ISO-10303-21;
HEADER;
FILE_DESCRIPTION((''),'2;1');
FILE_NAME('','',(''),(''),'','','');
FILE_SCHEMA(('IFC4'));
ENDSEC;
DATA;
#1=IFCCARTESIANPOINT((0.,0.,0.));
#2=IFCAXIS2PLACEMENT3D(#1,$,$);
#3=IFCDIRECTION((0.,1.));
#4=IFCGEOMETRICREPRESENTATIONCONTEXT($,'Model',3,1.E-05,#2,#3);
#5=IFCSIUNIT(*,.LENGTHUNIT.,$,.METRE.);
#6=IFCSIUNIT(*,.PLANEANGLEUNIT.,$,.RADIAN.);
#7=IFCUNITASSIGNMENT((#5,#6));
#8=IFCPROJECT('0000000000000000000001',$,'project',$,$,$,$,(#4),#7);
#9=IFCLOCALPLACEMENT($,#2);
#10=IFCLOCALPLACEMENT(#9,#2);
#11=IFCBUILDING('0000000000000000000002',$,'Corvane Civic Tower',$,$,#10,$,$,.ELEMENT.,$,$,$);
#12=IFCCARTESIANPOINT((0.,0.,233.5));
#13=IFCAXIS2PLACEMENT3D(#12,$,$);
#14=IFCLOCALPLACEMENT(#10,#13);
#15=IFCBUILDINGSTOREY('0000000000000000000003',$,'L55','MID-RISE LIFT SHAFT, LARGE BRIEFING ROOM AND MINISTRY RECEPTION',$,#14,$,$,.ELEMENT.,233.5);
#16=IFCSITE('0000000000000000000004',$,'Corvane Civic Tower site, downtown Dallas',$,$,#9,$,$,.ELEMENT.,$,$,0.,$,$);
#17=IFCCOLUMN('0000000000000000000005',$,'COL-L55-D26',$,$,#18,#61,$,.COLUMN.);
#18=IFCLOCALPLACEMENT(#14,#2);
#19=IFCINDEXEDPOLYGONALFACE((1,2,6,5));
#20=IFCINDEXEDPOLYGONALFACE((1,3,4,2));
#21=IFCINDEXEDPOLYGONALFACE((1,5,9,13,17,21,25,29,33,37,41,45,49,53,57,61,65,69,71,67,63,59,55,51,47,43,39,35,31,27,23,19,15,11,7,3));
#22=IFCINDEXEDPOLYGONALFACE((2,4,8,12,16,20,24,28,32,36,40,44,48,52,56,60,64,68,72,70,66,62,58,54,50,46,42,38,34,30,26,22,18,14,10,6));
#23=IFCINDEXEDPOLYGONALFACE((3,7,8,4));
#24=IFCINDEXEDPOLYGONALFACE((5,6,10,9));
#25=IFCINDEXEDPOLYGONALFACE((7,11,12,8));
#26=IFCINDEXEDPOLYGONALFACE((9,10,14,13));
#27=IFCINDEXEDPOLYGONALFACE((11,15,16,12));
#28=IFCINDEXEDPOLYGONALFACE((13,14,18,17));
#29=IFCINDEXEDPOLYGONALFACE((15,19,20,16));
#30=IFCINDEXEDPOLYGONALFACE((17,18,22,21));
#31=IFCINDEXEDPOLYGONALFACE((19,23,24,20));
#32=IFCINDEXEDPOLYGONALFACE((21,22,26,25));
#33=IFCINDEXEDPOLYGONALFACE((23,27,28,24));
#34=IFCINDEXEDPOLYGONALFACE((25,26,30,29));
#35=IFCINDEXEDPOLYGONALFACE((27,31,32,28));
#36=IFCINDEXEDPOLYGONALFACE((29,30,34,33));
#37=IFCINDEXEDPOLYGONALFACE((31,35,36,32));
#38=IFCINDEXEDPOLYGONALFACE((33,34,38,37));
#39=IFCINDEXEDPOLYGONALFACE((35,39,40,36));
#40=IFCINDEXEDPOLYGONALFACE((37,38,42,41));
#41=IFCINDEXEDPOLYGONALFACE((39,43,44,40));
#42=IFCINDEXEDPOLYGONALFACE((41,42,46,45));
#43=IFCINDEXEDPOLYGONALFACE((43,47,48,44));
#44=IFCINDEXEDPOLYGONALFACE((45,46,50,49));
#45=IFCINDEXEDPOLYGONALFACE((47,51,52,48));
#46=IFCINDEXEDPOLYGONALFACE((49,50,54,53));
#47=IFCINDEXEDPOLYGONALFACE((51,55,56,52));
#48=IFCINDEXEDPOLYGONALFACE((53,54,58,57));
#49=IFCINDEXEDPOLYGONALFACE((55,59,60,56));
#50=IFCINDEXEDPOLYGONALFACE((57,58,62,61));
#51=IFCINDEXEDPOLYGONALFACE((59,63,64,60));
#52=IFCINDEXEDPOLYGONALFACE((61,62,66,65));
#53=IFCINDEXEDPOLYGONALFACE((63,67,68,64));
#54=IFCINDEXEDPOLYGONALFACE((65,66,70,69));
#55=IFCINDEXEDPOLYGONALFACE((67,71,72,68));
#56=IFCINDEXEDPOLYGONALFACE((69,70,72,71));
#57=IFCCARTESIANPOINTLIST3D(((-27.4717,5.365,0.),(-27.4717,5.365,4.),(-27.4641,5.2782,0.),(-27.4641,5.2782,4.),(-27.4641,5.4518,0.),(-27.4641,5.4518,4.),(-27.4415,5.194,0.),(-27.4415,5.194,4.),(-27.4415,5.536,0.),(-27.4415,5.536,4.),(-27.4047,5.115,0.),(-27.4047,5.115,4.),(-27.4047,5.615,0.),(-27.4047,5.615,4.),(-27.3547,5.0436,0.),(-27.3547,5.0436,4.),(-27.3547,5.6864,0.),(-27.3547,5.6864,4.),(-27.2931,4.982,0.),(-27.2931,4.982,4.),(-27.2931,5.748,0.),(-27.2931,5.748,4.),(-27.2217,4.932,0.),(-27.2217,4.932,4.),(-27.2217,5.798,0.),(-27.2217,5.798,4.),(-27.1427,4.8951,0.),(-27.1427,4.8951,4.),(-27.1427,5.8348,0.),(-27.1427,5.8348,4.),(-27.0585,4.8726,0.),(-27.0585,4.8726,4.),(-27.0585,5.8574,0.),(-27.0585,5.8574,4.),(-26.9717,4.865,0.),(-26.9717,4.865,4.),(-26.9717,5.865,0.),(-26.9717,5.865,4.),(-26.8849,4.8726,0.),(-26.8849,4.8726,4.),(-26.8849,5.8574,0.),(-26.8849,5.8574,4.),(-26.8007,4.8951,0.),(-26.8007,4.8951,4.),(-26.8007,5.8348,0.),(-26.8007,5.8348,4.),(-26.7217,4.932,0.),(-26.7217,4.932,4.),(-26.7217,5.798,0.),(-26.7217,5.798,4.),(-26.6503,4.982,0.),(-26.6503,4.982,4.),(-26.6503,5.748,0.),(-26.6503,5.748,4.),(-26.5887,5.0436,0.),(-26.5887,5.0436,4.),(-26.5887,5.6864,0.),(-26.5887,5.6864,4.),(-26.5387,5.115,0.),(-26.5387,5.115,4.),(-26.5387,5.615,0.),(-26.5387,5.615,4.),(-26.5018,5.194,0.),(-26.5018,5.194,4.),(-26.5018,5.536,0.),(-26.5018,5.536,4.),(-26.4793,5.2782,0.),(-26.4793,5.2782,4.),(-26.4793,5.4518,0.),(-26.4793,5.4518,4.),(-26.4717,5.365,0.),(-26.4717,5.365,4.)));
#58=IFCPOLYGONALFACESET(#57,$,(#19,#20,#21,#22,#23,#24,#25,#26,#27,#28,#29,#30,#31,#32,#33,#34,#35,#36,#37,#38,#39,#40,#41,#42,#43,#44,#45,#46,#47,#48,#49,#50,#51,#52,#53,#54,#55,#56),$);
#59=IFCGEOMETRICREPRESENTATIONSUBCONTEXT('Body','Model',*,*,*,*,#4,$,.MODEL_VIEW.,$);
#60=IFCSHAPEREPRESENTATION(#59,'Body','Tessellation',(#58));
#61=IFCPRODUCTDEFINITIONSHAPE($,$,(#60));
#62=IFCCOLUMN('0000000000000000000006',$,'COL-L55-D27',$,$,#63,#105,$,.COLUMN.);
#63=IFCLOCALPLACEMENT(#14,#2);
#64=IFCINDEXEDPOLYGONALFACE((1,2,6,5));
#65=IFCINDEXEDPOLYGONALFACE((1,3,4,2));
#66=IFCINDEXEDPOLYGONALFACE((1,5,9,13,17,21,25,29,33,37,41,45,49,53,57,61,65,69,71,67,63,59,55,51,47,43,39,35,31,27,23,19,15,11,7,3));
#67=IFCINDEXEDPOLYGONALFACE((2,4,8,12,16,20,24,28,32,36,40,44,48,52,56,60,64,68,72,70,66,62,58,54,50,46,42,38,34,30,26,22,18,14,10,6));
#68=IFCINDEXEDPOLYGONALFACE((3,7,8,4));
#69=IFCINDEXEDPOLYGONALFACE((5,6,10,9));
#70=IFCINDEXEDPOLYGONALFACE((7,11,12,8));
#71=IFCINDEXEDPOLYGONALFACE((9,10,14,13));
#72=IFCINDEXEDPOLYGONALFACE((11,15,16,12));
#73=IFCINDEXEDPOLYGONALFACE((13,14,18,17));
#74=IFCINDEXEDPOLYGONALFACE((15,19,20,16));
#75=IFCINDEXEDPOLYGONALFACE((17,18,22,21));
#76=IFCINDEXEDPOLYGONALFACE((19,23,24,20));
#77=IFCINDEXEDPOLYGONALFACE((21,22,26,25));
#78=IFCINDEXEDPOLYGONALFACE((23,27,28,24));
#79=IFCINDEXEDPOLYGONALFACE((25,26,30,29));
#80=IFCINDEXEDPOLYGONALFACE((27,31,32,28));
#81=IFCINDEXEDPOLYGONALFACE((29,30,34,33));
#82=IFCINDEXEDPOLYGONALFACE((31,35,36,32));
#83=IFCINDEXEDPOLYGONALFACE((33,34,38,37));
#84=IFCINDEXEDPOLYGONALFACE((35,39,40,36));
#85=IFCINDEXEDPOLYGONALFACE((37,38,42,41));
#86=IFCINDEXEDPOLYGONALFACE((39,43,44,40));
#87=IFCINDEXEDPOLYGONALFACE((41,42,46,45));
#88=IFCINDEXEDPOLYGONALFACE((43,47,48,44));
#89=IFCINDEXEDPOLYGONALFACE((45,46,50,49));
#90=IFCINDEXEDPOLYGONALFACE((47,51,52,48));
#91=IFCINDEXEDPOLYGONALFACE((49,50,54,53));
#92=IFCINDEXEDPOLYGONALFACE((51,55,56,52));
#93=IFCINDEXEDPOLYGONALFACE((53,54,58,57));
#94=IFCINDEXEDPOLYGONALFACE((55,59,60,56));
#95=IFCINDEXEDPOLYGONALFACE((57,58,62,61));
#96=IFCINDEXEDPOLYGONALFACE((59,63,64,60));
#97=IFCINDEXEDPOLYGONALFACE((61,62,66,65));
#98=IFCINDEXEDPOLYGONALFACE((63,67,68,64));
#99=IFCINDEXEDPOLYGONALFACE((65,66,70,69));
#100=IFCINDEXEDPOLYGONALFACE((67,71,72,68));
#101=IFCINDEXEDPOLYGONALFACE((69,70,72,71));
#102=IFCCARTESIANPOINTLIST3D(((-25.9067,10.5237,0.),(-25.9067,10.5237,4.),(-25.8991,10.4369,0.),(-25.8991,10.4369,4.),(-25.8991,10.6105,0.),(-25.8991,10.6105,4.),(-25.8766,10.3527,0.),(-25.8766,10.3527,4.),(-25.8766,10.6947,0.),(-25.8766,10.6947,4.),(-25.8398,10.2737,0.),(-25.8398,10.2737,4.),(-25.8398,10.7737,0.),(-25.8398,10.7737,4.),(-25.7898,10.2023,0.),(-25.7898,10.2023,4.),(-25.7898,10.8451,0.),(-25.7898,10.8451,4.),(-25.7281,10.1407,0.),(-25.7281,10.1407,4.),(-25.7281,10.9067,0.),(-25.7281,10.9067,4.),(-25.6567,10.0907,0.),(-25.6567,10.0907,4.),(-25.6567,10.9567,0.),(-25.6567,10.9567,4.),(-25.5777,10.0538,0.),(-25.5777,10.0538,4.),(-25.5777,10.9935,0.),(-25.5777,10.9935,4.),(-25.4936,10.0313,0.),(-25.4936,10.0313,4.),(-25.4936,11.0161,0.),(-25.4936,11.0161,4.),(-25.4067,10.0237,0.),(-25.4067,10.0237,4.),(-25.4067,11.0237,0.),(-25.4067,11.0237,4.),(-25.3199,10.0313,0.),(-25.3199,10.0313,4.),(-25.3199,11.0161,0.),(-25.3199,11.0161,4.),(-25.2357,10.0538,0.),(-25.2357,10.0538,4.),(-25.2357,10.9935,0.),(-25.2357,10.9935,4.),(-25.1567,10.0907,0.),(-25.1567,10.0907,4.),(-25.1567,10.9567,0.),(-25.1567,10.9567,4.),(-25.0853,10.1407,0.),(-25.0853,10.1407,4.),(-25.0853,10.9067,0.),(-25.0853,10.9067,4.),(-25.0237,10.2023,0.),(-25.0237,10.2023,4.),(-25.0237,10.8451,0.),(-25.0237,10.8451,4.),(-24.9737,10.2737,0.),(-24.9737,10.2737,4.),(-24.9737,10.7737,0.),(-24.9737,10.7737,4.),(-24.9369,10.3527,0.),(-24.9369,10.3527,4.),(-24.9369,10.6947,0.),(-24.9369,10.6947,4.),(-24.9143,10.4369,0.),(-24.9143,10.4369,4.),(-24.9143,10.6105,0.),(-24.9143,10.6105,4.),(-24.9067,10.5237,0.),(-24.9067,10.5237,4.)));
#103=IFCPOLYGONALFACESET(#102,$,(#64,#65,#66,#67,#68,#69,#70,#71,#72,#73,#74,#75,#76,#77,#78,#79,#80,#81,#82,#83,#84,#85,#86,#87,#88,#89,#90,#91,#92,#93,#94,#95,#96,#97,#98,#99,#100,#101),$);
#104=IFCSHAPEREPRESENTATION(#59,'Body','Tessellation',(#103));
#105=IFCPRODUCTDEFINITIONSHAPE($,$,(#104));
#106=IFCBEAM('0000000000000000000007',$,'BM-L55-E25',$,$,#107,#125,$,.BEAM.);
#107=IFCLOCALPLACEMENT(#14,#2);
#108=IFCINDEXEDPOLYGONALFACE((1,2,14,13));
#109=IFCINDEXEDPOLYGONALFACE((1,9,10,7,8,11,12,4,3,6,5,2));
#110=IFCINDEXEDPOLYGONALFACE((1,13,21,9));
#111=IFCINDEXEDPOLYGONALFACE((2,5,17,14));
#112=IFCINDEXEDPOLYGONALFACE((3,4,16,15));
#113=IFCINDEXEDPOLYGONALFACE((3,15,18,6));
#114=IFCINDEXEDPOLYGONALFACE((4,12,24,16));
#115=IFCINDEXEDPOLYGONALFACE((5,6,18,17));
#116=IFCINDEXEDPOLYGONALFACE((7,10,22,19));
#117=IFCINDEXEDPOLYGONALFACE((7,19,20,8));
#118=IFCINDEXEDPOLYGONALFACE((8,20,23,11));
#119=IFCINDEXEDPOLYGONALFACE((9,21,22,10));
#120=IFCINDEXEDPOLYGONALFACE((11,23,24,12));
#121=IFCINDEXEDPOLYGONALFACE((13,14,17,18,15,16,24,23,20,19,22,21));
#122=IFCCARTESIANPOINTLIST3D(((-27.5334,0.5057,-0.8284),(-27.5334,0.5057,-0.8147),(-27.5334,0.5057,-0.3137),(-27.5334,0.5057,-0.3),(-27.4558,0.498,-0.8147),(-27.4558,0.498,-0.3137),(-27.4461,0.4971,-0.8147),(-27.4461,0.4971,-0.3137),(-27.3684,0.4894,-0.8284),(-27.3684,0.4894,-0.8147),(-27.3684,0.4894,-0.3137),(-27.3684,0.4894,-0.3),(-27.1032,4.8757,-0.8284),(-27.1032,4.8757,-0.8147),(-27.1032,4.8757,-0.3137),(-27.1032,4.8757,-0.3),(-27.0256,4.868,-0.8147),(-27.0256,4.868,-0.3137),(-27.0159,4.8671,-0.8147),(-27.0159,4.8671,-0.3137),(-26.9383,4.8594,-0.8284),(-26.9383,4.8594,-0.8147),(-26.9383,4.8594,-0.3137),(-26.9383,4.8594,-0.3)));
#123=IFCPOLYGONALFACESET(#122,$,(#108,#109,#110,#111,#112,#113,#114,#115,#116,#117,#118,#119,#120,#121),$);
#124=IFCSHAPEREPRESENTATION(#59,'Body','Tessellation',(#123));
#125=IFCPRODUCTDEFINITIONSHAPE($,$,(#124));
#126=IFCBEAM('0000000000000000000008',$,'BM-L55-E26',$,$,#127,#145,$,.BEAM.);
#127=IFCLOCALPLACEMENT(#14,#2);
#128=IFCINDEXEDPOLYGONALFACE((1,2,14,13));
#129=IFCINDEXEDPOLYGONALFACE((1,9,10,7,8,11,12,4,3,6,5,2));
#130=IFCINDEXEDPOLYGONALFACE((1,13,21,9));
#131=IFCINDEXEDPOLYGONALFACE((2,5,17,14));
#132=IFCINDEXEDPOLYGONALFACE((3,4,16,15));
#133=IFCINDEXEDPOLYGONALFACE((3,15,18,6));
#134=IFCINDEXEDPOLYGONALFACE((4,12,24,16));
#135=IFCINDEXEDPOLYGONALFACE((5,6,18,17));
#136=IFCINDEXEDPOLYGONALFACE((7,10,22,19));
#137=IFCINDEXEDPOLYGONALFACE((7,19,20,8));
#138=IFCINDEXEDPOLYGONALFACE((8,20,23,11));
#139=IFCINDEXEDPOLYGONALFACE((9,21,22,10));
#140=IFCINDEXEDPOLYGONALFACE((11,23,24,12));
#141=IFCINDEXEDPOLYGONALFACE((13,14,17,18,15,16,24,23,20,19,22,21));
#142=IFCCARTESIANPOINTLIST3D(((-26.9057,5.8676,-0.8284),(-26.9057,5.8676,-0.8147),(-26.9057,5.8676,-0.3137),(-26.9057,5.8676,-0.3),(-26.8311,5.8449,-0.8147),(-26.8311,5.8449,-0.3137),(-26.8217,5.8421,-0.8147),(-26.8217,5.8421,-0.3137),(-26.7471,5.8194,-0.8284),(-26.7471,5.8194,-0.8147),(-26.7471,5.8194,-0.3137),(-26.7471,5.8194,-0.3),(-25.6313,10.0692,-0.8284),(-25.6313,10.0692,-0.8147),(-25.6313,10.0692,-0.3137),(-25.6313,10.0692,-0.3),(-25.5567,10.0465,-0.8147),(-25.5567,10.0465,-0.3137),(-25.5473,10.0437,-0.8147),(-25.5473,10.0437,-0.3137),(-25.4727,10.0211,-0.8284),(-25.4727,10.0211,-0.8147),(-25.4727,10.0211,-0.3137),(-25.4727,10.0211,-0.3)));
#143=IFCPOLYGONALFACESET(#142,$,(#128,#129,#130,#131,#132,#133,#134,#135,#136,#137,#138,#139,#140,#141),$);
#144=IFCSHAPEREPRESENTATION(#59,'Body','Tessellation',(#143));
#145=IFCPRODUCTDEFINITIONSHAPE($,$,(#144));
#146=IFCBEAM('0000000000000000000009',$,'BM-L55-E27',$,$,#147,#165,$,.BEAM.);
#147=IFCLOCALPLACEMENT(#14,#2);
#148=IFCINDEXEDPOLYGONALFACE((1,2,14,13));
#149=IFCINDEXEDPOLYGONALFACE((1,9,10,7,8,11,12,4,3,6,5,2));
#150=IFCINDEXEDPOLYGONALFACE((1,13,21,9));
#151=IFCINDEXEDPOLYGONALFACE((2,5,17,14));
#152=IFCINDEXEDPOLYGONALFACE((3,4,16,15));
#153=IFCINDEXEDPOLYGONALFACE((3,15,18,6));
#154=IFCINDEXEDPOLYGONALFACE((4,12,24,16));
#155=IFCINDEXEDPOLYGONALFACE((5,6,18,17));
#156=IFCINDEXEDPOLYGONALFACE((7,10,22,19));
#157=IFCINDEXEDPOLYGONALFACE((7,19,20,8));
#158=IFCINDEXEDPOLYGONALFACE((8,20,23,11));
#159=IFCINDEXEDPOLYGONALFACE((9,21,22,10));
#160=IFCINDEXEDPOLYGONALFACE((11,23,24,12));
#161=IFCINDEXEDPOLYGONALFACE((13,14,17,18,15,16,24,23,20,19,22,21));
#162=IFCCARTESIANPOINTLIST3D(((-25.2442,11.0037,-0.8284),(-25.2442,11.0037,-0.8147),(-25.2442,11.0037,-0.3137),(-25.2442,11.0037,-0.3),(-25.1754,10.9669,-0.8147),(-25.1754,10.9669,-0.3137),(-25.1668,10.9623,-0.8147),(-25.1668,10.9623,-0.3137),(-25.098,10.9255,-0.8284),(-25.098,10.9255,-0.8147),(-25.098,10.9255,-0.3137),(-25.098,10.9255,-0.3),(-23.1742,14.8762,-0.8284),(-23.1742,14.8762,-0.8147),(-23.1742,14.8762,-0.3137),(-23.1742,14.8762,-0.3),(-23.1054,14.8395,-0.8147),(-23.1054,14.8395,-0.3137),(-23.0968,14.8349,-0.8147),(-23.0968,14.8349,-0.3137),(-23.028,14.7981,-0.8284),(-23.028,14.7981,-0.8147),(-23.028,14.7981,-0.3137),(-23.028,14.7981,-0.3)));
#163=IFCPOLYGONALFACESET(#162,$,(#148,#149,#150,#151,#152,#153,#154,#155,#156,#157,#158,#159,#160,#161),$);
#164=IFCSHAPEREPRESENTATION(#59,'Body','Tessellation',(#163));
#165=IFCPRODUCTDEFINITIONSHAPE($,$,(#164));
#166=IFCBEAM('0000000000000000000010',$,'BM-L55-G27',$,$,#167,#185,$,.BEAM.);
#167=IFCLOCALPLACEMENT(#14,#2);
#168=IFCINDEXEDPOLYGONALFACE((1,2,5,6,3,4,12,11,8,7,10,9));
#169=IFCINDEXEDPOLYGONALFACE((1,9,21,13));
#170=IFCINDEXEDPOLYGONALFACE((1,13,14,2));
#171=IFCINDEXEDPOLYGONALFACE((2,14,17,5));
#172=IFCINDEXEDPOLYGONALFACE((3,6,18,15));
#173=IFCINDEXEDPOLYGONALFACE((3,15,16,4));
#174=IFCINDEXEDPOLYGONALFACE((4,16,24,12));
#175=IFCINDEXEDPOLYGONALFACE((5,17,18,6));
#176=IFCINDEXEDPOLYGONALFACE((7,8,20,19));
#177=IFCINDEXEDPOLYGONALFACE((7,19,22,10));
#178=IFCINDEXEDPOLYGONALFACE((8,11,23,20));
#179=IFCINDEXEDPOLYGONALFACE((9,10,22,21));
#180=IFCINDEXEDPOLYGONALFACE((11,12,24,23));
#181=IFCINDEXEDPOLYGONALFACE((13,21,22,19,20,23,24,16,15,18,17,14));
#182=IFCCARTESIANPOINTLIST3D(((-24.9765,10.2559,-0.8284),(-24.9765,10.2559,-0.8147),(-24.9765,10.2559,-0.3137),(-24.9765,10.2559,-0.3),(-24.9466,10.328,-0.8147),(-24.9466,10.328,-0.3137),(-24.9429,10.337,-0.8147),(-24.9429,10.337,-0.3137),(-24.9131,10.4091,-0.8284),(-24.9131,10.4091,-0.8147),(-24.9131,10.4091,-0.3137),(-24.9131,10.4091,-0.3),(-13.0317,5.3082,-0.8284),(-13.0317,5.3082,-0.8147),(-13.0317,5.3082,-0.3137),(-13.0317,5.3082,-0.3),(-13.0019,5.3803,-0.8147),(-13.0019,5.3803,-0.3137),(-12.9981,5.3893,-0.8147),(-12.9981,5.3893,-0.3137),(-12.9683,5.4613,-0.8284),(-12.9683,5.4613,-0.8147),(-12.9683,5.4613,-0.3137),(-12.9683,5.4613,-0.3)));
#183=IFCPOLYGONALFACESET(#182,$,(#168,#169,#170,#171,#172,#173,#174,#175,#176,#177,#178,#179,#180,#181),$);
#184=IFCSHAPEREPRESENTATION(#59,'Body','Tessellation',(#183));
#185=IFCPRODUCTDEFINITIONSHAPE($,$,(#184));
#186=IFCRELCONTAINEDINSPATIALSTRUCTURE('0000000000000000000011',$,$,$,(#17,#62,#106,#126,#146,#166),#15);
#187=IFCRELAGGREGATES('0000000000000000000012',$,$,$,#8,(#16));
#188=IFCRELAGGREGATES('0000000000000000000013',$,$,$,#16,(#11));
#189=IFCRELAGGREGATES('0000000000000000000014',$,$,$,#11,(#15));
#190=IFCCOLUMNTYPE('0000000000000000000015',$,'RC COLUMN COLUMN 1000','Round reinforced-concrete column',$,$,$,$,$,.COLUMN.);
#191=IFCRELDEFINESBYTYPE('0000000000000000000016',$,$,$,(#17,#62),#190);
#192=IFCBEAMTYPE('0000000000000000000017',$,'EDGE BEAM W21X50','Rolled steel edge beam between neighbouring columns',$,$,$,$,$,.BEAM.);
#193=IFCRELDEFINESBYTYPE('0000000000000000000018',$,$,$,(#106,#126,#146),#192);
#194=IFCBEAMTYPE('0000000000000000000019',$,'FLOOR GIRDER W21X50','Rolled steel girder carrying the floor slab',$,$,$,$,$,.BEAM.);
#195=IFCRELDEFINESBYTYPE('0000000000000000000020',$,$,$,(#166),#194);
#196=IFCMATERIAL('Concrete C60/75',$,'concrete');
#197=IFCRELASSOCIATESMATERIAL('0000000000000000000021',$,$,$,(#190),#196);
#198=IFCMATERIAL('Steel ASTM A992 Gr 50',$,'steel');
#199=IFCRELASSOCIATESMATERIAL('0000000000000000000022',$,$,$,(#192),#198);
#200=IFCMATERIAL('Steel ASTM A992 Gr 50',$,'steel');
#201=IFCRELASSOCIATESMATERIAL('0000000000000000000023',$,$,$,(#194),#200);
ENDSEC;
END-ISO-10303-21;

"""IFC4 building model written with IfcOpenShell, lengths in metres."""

from ifc_helpers import new_model, si_unit, direction, frame, origin, origin_2d, place, context, subcontext, project, spatial, circle, i_section, extrude, material, material_profile, profile_set, type_object, element, save


model = new_model("IFC4")

# Units and contexts
model_context = context("Model", 3, precision=1e-05, world=origin(), true_north=direction((0.0, 1.0)))
body_context = subcontext(model_context, "Body", "Model", "MODEL_VIEW")
ifc_project = project(units=[si_unit("LENGTHUNIT", "METRE"), si_unit("PLANEANGLEUNIT", "RADIAN")], contexts=[model_context])

# Site, building, storey
site_placement = place(None, origin())
site = spatial("IfcSite", under=ifc_project, at=site_placement, Name="Corvane Civic Tower site, downtown Dallas", CompositionType="ELEMENT", RefElevation=0.0)
building_placement = place(site_placement, origin())
building = spatial("IfcBuilding", under=site, at=building_placement, Name="Corvane Civic Tower", CompositionType="ELEMENT")
storey_placement = place(building_placement, frame((0.0, 0.0, 233.5)))
storey = spatial("IfcBuildingStorey", under=building, at=storey_placement, Name="L55", Description="MID-RISE LIFT SHAFT, LARGE BRIEFING ROOM AND MINISTRY RECEPTION", CompositionType="ELEMENT", Elevation=233.5)

# Columns
ifc_material_1 = material(Name="Concrete C60/75", Category="concrete")
ifc_material_profile_1 = material_profile(ifc_material_1, circle(Radius=0.5, at=origin_2d()), Name="COLUMN 1000")
ifc_profile_set_1 = profile_set([ifc_material_profile_1], Name="Concrete C60/75")
column_type = type_object("IfcColumnType", Name="RC COLUMN COLUMN 1000", Description="Round reinforced-concrete column", PredefinedType="COLUMN", material=ifc_profile_set_1)
for number, where, z_axis, x_axis, name in (
    (1, (-26.9717, 5.365, 0.0), (0.0, 0.0, 1.0), (1.0, 0.0, 0.0), "COL-L55-D26"),
    (2, (-25.4067, 10.5237, 0.0), (0.0, 0.0, 1.0), (1.0, 0.0, 0.0), "COL-L55-D27"),
):
    element("IfcColumn", number, at=place(storey_placement, frame(where, z_axis=z_axis, x_axis=x_axis)), inside=storey, type_object=column_type, Name=name, PredefinedType="COLUMN", context=body_context, shape_type="SweptSolid", body=[
        extrude(circle(Radius=0.5, at=origin_2d()), origin(), (0.0, 0.0, 1.0), 4.0),
    ])

# Beams
ifc_material_2 = material(Name="Steel ASTM A992 Gr 50", Category="steel")
ifc_material_profile_2 = material_profile(ifc_material_2, i_section(OverallWidth=0.1658, OverallDepth=0.5283, WebThickness=0.0098, FlangeThickness=0.0137, at=origin_2d()), Name="W21X50")
ifc_profile_set_2 = profile_set([ifc_material_profile_2], Name="Steel ASTM A992 Gr 50")
beam_type_1 = type_object("IfcBeamType", Name="EDGE BEAM W21X50", Description="Rolled steel edge beam between neighbouring columns", PredefinedType="BEAM", material=ifc_profile_set_2)
beam_1_placement = place(storey_placement, frame((-27.4509, 0.4976, -0.5642), z_axis=(0.097968, 0.99519, 0.0), x_axis=(-0.99519, 0.097968, 0.0)))
element("IfcBeam", 3, at=beam_1_placement, inside=storey, type_object=beam_type_1, Name="BM-L55-E25", PredefinedType="BEAM", context=body_context, shape_type="SweptSolid", body=[
    extrude(i_section(OverallWidth=0.1658, OverallDepth=0.5283, WebThickness=0.0098, FlangeThickness=0.0137, at=origin_2d()), origin(), (0.0, 0.0, 1.0), 4.3911),
])
beam_2_placement = place(storey_placement, frame((-26.8264, 5.8435, -0.5642), z_axis=(0.290254, 0.95695, 0.0), x_axis=(-0.95695, 0.290254, 0.0)))
element("IfcBeam", 4, at=beam_2_placement, inside=storey, type_object=beam_type_1, Name="BM-L55-E26", PredefinedType="BEAM", context=body_context, shape_type="SweptSolid", body=[
    extrude(i_section(OverallWidth=0.1658, OverallDepth=0.5283, WebThickness=0.0098, FlangeThickness=0.0137, at=origin_2d()), origin(), (0.0, 0.0, 1.0), 4.3906),
])
beam_3_placement = place(storey_placement, frame((-25.1711, 10.9646, -0.5642), z_axis=(0.471422, 0.881908, 0.0), x_axis=(-0.881908, 0.471422, 0.0)))
element("IfcBeam", 5, at=beam_3_placement, inside=storey, type_object=beam_type_1, Name="BM-L55-E27", PredefinedType="BEAM", context=body_context, shape_type="SweptSolid", body=[
    extrude(i_section(OverallWidth=0.1658, OverallDepth=0.5283, WebThickness=0.0098, FlangeThickness=0.0137, at=origin_2d()), origin(), (0.0, 0.0, 1.0), 4.3911),
])
ifc_material_3 = material(Name="Steel ASTM A992 Gr 50", Category="steel")
ifc_material_profile_3 = material_profile(ifc_material_3, i_section(OverallWidth=0.1658, OverallDepth=0.5283, WebThickness=0.0098, FlangeThickness=0.0137, at=origin_2d()), Name="W21X50")
ifc_profile_set_3 = profile_set([ifc_material_profile_3], Name="Steel ASTM A992 Gr 50")
beam_type_2 = type_object("IfcBeamType", Name="FLOOR GIRDER W21X50", Description="Rolled steel girder carrying the floor slab", PredefinedType="BEAM", material=ifc_profile_set_3)
beam_4_placement = place(storey_placement, frame((-13.0, 5.3848, -0.5642), z_axis=(-0.923878, 0.382686, 0.0), x_axis=(-0.382686, -0.923878, 0.0)))
element("IfcBeam", 6, at=beam_4_placement, inside=storey, type_object=beam_type_2, Name="BM-L55-G27", PredefinedType="BEAM", context=body_context, shape_type="SweptSolid", body=[
    extrude(i_section(OverallWidth=0.1658, OverallDepth=0.5283, WebThickness=0.0098, FlangeThickness=0.0137, at=origin_2d()), origin(), (0.0, 0.0, 1.0), 12.929),
])

save(model, "model.ifc")
